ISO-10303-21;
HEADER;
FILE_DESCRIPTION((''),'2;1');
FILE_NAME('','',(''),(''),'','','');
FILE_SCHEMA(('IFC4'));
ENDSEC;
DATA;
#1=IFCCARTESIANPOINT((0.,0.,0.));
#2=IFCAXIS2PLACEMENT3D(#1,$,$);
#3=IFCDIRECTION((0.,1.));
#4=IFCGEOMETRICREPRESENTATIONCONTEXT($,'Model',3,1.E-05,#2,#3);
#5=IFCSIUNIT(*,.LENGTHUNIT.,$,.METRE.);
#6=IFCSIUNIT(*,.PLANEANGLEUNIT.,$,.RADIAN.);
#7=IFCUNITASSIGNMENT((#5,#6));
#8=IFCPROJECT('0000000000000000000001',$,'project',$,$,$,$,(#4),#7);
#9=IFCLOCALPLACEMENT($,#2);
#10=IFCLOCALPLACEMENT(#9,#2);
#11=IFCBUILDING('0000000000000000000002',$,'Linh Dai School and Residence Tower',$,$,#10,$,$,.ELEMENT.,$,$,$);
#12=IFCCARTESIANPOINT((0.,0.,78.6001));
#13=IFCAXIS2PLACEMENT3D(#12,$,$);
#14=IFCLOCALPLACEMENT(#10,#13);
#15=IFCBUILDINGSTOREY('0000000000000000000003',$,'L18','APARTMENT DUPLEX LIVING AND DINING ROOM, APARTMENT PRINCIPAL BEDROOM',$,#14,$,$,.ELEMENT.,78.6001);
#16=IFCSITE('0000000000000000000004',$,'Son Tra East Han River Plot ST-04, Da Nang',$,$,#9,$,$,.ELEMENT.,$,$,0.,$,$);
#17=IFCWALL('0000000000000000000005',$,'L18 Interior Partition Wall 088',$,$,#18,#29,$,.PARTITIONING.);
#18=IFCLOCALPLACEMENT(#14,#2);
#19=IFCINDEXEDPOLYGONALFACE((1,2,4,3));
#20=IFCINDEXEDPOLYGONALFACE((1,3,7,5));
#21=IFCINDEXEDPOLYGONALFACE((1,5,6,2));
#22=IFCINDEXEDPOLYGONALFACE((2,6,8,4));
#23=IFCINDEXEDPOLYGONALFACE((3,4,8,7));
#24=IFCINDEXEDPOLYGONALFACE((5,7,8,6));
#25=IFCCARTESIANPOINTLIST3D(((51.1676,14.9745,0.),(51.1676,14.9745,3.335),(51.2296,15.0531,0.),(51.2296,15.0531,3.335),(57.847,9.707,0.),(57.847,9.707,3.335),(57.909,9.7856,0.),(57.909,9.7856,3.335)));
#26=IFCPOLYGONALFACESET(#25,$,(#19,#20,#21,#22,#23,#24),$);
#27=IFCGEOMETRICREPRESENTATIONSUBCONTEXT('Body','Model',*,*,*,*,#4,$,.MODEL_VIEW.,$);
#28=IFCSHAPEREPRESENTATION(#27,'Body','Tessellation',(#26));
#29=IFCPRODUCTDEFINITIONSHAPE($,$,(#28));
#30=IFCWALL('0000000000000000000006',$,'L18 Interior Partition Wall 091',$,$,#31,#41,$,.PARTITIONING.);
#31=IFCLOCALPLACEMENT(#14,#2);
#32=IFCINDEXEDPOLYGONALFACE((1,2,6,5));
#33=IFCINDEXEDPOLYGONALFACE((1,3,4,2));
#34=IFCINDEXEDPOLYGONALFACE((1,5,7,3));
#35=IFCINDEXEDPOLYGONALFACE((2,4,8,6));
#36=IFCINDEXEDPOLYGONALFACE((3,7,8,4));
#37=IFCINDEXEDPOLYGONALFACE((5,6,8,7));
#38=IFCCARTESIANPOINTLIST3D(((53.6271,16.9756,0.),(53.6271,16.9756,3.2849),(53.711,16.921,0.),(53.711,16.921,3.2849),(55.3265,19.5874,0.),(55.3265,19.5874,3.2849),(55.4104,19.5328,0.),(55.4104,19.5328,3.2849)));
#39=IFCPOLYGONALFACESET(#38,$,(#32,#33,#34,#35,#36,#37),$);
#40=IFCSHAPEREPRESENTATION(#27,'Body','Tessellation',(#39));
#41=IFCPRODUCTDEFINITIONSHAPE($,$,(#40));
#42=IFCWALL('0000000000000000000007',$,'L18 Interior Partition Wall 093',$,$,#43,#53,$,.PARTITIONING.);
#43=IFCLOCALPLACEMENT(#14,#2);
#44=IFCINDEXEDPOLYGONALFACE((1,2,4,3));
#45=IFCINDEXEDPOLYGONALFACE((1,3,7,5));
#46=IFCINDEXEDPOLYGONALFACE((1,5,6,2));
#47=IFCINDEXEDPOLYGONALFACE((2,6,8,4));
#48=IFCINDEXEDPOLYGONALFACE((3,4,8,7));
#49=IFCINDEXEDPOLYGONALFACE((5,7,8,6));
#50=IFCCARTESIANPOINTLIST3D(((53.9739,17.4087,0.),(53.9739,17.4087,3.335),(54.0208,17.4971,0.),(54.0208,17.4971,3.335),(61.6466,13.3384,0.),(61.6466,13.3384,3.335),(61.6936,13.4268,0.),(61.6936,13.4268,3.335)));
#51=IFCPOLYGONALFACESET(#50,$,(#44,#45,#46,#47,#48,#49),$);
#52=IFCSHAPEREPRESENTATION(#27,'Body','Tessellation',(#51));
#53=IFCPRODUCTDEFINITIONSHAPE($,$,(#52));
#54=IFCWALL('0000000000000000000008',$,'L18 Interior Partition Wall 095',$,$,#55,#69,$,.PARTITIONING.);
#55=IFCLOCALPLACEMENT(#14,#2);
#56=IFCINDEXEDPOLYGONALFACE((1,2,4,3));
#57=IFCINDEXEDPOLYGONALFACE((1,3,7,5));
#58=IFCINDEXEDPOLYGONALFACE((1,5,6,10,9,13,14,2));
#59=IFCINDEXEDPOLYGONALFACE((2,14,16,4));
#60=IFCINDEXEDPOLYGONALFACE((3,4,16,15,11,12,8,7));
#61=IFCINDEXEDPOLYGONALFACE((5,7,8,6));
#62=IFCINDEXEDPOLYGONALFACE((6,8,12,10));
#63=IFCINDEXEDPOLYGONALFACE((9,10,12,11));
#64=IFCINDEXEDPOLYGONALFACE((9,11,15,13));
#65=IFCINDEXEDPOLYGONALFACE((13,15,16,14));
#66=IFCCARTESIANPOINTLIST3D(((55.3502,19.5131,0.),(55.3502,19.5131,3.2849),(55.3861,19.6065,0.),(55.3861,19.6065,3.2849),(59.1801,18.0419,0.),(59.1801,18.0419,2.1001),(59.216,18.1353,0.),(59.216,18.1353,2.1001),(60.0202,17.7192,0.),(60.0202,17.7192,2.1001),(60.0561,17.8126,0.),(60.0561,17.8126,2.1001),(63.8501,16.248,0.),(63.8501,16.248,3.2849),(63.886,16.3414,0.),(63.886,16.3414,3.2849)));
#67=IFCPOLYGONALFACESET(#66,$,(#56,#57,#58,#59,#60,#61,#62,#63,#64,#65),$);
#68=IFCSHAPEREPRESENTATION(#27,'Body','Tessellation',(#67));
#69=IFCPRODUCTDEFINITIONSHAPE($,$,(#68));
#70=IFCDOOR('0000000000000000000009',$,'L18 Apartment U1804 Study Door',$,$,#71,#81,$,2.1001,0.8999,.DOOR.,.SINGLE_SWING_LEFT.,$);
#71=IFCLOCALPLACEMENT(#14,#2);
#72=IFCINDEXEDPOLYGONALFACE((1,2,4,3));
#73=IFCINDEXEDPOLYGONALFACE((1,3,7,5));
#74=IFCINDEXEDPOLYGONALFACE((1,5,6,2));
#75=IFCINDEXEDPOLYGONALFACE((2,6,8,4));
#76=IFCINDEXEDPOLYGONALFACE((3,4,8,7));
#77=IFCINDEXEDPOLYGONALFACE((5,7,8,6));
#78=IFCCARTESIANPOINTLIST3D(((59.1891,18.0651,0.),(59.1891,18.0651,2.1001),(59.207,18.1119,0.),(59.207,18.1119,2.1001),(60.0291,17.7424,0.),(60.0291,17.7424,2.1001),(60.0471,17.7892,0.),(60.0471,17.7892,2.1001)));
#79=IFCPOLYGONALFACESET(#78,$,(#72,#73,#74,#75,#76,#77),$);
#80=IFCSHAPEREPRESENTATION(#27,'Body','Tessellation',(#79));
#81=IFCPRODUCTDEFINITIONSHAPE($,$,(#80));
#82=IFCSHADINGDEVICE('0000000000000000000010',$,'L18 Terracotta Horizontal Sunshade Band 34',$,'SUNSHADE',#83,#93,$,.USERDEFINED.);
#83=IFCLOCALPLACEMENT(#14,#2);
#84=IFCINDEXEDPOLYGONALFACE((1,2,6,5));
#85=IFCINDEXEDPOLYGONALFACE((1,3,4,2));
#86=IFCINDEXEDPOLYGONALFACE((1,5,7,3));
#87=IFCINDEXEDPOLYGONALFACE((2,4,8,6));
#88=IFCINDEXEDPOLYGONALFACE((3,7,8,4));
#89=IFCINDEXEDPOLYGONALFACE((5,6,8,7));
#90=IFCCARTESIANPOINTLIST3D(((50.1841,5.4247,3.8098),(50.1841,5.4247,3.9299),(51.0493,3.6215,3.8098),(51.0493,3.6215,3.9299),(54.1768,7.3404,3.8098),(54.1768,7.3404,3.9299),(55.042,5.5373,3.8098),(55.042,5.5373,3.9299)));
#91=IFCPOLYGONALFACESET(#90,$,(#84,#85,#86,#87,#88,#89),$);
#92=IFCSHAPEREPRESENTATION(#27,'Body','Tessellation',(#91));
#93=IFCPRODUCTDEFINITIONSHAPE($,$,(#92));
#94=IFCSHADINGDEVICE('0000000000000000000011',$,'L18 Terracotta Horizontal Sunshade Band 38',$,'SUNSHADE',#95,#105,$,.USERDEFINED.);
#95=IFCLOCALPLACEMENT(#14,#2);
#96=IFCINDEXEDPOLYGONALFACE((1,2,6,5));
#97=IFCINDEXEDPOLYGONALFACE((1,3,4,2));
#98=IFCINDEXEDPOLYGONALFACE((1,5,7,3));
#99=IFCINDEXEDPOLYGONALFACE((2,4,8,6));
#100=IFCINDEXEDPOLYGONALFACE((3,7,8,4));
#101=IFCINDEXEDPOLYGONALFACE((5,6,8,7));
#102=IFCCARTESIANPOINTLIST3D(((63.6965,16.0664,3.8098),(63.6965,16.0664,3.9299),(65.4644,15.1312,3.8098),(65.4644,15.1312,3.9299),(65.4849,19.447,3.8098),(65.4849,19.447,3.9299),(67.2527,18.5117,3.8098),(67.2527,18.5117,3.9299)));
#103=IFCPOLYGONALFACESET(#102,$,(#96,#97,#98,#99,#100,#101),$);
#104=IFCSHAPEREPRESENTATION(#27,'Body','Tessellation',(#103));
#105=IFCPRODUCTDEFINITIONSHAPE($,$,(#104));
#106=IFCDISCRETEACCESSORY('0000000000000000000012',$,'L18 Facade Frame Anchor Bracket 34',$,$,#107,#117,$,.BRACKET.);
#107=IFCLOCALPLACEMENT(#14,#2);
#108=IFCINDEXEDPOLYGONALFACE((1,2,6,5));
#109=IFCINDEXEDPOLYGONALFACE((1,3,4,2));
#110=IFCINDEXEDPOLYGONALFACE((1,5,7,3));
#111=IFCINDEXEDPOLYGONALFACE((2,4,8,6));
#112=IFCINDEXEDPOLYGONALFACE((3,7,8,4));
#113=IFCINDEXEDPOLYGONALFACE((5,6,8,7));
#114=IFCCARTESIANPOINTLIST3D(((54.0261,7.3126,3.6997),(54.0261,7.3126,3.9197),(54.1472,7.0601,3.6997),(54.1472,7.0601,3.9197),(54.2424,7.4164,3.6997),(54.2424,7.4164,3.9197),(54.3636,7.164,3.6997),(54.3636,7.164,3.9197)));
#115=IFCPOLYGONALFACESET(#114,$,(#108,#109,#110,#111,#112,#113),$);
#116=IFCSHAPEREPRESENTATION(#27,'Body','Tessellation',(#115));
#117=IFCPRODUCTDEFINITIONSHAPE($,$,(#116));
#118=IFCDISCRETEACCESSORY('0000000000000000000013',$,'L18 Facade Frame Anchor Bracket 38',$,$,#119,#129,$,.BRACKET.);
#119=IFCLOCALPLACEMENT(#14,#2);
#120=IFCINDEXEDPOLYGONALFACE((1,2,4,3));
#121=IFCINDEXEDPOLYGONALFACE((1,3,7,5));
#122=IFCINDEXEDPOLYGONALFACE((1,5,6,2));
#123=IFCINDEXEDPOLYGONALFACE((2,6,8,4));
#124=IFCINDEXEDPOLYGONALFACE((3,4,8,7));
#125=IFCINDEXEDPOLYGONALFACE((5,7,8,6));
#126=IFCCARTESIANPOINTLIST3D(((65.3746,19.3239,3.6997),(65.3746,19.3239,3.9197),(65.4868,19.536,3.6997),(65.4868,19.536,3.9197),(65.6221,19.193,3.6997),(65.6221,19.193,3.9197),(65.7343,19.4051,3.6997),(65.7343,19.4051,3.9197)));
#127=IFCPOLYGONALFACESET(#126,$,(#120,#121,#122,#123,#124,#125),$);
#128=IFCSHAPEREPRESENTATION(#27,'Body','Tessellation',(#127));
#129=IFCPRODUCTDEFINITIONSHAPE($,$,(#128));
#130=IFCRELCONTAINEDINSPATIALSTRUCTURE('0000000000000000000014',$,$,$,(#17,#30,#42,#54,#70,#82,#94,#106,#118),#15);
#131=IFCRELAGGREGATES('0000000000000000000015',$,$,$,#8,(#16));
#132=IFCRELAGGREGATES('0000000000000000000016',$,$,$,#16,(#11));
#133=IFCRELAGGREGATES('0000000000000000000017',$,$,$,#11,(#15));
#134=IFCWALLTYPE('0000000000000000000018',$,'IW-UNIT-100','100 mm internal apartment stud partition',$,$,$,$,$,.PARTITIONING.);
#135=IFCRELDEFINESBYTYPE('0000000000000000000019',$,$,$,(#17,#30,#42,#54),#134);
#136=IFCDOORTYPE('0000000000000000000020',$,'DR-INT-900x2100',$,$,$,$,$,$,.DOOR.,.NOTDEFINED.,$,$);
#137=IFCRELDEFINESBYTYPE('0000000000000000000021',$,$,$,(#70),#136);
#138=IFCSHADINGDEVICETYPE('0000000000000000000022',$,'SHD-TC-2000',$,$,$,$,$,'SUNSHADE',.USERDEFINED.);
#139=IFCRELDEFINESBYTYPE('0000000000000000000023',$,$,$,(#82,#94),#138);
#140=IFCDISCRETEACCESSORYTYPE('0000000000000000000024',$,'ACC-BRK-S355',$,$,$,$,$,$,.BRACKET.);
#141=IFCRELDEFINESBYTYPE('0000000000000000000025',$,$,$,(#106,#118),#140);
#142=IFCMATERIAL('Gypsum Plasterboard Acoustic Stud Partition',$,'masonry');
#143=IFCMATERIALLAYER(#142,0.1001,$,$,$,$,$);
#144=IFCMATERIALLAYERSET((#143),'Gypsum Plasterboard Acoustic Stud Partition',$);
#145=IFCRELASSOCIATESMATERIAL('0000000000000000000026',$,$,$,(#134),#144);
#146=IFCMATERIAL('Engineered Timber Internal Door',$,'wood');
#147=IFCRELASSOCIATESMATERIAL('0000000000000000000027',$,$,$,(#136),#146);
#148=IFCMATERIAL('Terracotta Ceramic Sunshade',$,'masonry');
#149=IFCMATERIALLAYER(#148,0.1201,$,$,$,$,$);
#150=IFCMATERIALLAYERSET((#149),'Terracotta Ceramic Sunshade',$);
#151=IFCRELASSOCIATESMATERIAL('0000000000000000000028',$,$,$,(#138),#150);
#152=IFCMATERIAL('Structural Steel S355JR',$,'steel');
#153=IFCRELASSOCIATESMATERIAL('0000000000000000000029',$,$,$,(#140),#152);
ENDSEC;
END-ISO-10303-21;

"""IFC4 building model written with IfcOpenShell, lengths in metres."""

from ifc_helpers import new_model, si_unit, direction, frame, frame_2d, origin, origin_2d, place, context, subcontext, project, spatial, rectangle, extrude, source, transform, mapped, material, layer, layer_set, type_object, element, fill, save


model = new_model("IFC4")

# Units and contexts
model_context = context("Model", 3, precision=1e-05, world=origin(), true_north=direction((0.0, 1.0)))
body_context = subcontext(model_context, "Body", "Model", "MODEL_VIEW")
ifc_project = project(units=[si_unit("LENGTHUNIT", "METRE"), si_unit("PLANEANGLEUNIT", "RADIAN")], contexts=[model_context])

# Site, building, storey
site_placement = place(None, origin())
site = spatial("IfcSite", under=ifc_project, at=site_placement, Name="Son Tra East Han River Plot ST-04, Da Nang", CompositionType="ELEMENT", RefElevation=0.0)
building_placement = place(site_placement, origin())
building = spatial("IfcBuilding", under=site, at=building_placement, Name="Linh Dai School and Residence Tower", CompositionType="ELEMENT")
storey_placement = place(building_placement, frame((0.0, 0.0, 78.6001)))
storey = spatial("IfcBuildingStorey", under=building, at=storey_placement, Name="L18", Description="APARTMENT DUPLEX LIVING AND DINING ROOM, APARTMENT PRINCIPAL BEDROOM", CompositionType="ELEMENT", Elevation=78.6001)

# Shared definitions
ifc_material_1 = material(Name="Structural Steel S355JR", Category="steel")

# Walls
ifc_material_2 = material(Name="Gypsum Plasterboard Acoustic Stud Partition", Category="masonry")
ifc_layer_1 = layer(ifc_material_2, 0.1001)
ifc_layer_set_1 = layer_set([ifc_layer_1], Name="Gypsum Plasterboard Acoustic Stud Partition")
wall_type_1 = type_object("IfcWallType", Name="IW-UNIT-100", Description="100 mm internal apartment stud partition", PredefinedType="PARTITIONING", material=ifc_layer_set_1)
wall_1_placement = place(storey_placement, frame((51.1985, 15.0139, 0.0), z_axis=(0.0, 0.0, 1.0), x_axis=(0.785207, -0.619234, 0.0)))
element("IfcWall", 1, at=wall_1_placement, inside=storey, type_object=wall_type_1, Name="L18 Interior Partition Wall 088", PredefinedType="PARTITIONING", context=body_context, shape_type="SweptSolid", body=[
    extrude(rectangle(XDim=8.5066, YDim=0.1001, at=frame_2d((4.2534, 0.0))), origin(), (0.0, 0.0, 1.0), 3.335),
])
wall_2_placement = place(storey_placement, frame((53.6689, 16.9482, 0.0), z_axis=(0.0, 0.0, 1.0), x_axis=(0.54539, 0.838182, 0.0)))
element("IfcWall", 2, at=wall_2_placement, inside=storey, type_object=wall_type_1, Name="L18 Interior Partition Wall 091", PredefinedType="PARTITIONING", context=body_context, shape_type="SweptSolid", body=[
    extrude(rectangle(XDim=3.116, YDim=0.1001, at=frame_2d((1.5581, 0.0))), origin(), (0.0, 0.0, 1.0), 3.2849),
])
wall_3_placement = place(storey_placement, frame((53.9973, 17.4529, 0.0), z_axis=(0.0, 0.0, 1.0), x_axis=(0.883397, -0.468626, 0.0)))
element("IfcWall", 3, at=wall_3_placement, inside=storey, type_object=wall_type_1, Name="L18 Interior Partition Wall 093", PredefinedType="PARTITIONING", context=body_context, shape_type="SweptSolid", body=[
    extrude(rectangle(XDim=8.6855, YDim=0.1001, at=frame_2d((4.3428, 0.0))), origin(), (0.0, 0.0, 1.0), 3.335),
])

# Wall, opening, door
wall_4_placement = place(storey_placement, frame((55.3682, 19.5598, 0.0), z_axis=(0.0, 0.0, 1.0), x_axis=(0.933496, -0.358587, 0.0)))
wall_4 = element("IfcWall", 4, at=wall_4_placement, inside=storey, type_object=wall_type_1, Name="L18 Interior Partition Wall 095", PredefinedType="PARTITIONING", context=body_context, shape_type="SweptSolid", body=[
    extrude(rectangle(XDim=9.1055, YDim=0.1001, at=frame_2d((4.5527, 0.0))), origin(), (0.0, 0.0, 1.0), 3.2849),
])
opening_1_placement = place(wall_4_placement, frame((4.1028, 0.0, 0.0)))
opening_1 = element("IfcOpeningElement", 5, at=opening_1_placement, cuts=wall_4, PredefinedType="OPENING", context=body_context, shape_type="SweptSolid", body=[
    extrude(rectangle(XDim=0.8999, YDim=2.1001, at=origin_2d()), frame((0.45, 0.0601, 1.05), z_axis=(0.0, -1.0, 0.0), x_axis=(1.0, 0.0, 0.0)), (0.0, 0.0, 1.0), 0.1201),
])
ifc_material_3 = material(Name="Engineered Timber Internal Door", Category="wood")
door_type = type_object("IfcDoorType", Name="DR-INT-900x2100", OperationType="NOTDEFINED", PredefinedType="DOOR", material=ifc_material_3)
shared_shape_1 = source(origin(), body_context, "Body", "SweptSolid", [
    extrude(rectangle(XDim=0.8999, YDim=2.1001, at=origin_2d()), frame((0.45, 0.0249, 1.05), z_axis=(0.0, -1.0, 0.0), x_axis=(1.0, 0.0, 0.0)), (0.0, 0.0, 1.0), 0.05),
])
door_placement = place(opening_1_placement, origin())
door = element("IfcDoor", 6, at=door_placement, inside=storey, type_object=door_type, Name="L18 Apartment U1804 Study Door", OperationType="SINGLE_SWING_LEFT", OverallHeight=2.1001, OverallWidth=0.8999, PredefinedType="DOOR", context=body_context, shape_type="MappedRepresentation", body=[
    mapped(shared_shape_1, transform((0.0, 0.0, 0.0), x_axis=(1.0, 0.0, 0.0), y_axis=(0.0, 1.0, 0.0), z_axis=(0.0, 0.0, 1.0), scale=1.0)),
])
fill(opening_1, door)

# Shading devices
ifc_material_4 = material(Name="Terracotta Ceramic Sunshade", Category="masonry")
ifc_layer_2 = layer(ifc_material_4, 0.1201)
ifc_layer_set_2 = layer_set([ifc_layer_2], Name="Terracotta Ceramic Sunshade")
shading_device_type = type_object("IfcShadingDeviceType", Name="SHD-TC-2000", ElementType="SUNSHADE", PredefinedType="USERDEFINED", material=ifc_layer_set_2)
shared_shape_2 = source(origin(), body_context, "Body", "SweptSolid", [
    extrude(rectangle(XDim=4.4285, YDim=2.0, at=origin_2d()), origin(), (0.0, 0.0, 1.0), 0.1201),
])
shading_device_1_placement = place(storey_placement, frame((52.613, 5.481, 3.8098), z_axis=(0.0, 0.0, 1.0), x_axis=(-0.901585, -0.432603, 0.0)))
element("IfcShadingDevice", 7, at=shading_device_1_placement, inside=storey, type_object=shading_device_type, Name="L18 Terracotta Horizontal Sunshade Band 34", ObjectType="SUNSHADE", PredefinedType="USERDEFINED", context=body_context, shape_type="MappedRepresentation", body=[
    mapped(shared_shape_2, transform((0.0, 0.0, 0.0), x_axis=(1.0, 0.0, 0.0), y_axis=(0.0, 1.0, 0.0), z_axis=(0.0, 0.0, 1.0), scale=1.0)),
])
shared_shape_3 = source(origin(), body_context, "Body", "SweptSolid", [
    extrude(rectangle(XDim=3.8245, YDim=2.0, at=origin_2d()), origin(), (0.0, 0.0, 1.0), 0.1201),
])
shading_device_2_placement = place(storey_placement, frame((65.4746, 17.2891, 3.8098), z_axis=(0.0, 0.0, 1.0), x_axis=(-0.467612, -0.883934, 0.0)))
element("IfcShadingDevice", 8, at=shading_device_2_placement, inside=storey, type_object=shading_device_type, Name="L18 Terracotta Horizontal Sunshade Band 38", ObjectType="SUNSHADE", PredefinedType="USERDEFINED", context=body_context, shape_type="MappedRepresentation", body=[
    mapped(shared_shape_3, transform((0.0, 0.0, 0.0), x_axis=(1.0, 0.0, 0.0), y_axis=(0.0, 1.0, 0.0), z_axis=(0.0, 0.0, 1.0), scale=1.0)),
])

# Discrete accessories
discrete_accessory_type = type_object("IfcDiscreteAccessoryType", Name="ACC-BRK-S355", PredefinedType="BRACKET", material=ifc_material_1)
shared_shape_4 = source(origin(), body_context, "Body", "SweptSolid", [
    extrude(rectangle(XDim=0.28, YDim=0.24, at=origin_2d()), origin(), (0.0, 0.0, 1.0), 0.22),
])
for number, where, z_axis, x_axis, name in (
    (9, (54.1948, 7.2383, 3.6997), (0.0, 0.0, 1.0), (0.432603, -0.901585, 0.0), "L18 Facade Frame Anchor Bracket 34"),
    (10, (65.5544, 19.3645, 3.6997), (0.0, 0.0, 1.0), (0.883934, -0.467612, 0.0), "L18 Facade Frame Anchor Bracket 38"),
):
    element("IfcDiscreteAccessory", number, at=place(storey_placement, frame(where, z_axis=z_axis, x_axis=x_axis)), inside=storey, type_object=discrete_accessory_type, Name=name, PredefinedType="BRACKET", context=body_context, shape_type="MappedRepresentation", body=[
        mapped(shared_shape_4, transform((0.0, 0.0, 0.0), x_axis=(1.0, 0.0, 0.0), y_axis=(0.0, 1.0, 0.0), z_axis=(0.0, 0.0, 1.0), scale=1.0)),
    ])

save(model, "model.ifc")
